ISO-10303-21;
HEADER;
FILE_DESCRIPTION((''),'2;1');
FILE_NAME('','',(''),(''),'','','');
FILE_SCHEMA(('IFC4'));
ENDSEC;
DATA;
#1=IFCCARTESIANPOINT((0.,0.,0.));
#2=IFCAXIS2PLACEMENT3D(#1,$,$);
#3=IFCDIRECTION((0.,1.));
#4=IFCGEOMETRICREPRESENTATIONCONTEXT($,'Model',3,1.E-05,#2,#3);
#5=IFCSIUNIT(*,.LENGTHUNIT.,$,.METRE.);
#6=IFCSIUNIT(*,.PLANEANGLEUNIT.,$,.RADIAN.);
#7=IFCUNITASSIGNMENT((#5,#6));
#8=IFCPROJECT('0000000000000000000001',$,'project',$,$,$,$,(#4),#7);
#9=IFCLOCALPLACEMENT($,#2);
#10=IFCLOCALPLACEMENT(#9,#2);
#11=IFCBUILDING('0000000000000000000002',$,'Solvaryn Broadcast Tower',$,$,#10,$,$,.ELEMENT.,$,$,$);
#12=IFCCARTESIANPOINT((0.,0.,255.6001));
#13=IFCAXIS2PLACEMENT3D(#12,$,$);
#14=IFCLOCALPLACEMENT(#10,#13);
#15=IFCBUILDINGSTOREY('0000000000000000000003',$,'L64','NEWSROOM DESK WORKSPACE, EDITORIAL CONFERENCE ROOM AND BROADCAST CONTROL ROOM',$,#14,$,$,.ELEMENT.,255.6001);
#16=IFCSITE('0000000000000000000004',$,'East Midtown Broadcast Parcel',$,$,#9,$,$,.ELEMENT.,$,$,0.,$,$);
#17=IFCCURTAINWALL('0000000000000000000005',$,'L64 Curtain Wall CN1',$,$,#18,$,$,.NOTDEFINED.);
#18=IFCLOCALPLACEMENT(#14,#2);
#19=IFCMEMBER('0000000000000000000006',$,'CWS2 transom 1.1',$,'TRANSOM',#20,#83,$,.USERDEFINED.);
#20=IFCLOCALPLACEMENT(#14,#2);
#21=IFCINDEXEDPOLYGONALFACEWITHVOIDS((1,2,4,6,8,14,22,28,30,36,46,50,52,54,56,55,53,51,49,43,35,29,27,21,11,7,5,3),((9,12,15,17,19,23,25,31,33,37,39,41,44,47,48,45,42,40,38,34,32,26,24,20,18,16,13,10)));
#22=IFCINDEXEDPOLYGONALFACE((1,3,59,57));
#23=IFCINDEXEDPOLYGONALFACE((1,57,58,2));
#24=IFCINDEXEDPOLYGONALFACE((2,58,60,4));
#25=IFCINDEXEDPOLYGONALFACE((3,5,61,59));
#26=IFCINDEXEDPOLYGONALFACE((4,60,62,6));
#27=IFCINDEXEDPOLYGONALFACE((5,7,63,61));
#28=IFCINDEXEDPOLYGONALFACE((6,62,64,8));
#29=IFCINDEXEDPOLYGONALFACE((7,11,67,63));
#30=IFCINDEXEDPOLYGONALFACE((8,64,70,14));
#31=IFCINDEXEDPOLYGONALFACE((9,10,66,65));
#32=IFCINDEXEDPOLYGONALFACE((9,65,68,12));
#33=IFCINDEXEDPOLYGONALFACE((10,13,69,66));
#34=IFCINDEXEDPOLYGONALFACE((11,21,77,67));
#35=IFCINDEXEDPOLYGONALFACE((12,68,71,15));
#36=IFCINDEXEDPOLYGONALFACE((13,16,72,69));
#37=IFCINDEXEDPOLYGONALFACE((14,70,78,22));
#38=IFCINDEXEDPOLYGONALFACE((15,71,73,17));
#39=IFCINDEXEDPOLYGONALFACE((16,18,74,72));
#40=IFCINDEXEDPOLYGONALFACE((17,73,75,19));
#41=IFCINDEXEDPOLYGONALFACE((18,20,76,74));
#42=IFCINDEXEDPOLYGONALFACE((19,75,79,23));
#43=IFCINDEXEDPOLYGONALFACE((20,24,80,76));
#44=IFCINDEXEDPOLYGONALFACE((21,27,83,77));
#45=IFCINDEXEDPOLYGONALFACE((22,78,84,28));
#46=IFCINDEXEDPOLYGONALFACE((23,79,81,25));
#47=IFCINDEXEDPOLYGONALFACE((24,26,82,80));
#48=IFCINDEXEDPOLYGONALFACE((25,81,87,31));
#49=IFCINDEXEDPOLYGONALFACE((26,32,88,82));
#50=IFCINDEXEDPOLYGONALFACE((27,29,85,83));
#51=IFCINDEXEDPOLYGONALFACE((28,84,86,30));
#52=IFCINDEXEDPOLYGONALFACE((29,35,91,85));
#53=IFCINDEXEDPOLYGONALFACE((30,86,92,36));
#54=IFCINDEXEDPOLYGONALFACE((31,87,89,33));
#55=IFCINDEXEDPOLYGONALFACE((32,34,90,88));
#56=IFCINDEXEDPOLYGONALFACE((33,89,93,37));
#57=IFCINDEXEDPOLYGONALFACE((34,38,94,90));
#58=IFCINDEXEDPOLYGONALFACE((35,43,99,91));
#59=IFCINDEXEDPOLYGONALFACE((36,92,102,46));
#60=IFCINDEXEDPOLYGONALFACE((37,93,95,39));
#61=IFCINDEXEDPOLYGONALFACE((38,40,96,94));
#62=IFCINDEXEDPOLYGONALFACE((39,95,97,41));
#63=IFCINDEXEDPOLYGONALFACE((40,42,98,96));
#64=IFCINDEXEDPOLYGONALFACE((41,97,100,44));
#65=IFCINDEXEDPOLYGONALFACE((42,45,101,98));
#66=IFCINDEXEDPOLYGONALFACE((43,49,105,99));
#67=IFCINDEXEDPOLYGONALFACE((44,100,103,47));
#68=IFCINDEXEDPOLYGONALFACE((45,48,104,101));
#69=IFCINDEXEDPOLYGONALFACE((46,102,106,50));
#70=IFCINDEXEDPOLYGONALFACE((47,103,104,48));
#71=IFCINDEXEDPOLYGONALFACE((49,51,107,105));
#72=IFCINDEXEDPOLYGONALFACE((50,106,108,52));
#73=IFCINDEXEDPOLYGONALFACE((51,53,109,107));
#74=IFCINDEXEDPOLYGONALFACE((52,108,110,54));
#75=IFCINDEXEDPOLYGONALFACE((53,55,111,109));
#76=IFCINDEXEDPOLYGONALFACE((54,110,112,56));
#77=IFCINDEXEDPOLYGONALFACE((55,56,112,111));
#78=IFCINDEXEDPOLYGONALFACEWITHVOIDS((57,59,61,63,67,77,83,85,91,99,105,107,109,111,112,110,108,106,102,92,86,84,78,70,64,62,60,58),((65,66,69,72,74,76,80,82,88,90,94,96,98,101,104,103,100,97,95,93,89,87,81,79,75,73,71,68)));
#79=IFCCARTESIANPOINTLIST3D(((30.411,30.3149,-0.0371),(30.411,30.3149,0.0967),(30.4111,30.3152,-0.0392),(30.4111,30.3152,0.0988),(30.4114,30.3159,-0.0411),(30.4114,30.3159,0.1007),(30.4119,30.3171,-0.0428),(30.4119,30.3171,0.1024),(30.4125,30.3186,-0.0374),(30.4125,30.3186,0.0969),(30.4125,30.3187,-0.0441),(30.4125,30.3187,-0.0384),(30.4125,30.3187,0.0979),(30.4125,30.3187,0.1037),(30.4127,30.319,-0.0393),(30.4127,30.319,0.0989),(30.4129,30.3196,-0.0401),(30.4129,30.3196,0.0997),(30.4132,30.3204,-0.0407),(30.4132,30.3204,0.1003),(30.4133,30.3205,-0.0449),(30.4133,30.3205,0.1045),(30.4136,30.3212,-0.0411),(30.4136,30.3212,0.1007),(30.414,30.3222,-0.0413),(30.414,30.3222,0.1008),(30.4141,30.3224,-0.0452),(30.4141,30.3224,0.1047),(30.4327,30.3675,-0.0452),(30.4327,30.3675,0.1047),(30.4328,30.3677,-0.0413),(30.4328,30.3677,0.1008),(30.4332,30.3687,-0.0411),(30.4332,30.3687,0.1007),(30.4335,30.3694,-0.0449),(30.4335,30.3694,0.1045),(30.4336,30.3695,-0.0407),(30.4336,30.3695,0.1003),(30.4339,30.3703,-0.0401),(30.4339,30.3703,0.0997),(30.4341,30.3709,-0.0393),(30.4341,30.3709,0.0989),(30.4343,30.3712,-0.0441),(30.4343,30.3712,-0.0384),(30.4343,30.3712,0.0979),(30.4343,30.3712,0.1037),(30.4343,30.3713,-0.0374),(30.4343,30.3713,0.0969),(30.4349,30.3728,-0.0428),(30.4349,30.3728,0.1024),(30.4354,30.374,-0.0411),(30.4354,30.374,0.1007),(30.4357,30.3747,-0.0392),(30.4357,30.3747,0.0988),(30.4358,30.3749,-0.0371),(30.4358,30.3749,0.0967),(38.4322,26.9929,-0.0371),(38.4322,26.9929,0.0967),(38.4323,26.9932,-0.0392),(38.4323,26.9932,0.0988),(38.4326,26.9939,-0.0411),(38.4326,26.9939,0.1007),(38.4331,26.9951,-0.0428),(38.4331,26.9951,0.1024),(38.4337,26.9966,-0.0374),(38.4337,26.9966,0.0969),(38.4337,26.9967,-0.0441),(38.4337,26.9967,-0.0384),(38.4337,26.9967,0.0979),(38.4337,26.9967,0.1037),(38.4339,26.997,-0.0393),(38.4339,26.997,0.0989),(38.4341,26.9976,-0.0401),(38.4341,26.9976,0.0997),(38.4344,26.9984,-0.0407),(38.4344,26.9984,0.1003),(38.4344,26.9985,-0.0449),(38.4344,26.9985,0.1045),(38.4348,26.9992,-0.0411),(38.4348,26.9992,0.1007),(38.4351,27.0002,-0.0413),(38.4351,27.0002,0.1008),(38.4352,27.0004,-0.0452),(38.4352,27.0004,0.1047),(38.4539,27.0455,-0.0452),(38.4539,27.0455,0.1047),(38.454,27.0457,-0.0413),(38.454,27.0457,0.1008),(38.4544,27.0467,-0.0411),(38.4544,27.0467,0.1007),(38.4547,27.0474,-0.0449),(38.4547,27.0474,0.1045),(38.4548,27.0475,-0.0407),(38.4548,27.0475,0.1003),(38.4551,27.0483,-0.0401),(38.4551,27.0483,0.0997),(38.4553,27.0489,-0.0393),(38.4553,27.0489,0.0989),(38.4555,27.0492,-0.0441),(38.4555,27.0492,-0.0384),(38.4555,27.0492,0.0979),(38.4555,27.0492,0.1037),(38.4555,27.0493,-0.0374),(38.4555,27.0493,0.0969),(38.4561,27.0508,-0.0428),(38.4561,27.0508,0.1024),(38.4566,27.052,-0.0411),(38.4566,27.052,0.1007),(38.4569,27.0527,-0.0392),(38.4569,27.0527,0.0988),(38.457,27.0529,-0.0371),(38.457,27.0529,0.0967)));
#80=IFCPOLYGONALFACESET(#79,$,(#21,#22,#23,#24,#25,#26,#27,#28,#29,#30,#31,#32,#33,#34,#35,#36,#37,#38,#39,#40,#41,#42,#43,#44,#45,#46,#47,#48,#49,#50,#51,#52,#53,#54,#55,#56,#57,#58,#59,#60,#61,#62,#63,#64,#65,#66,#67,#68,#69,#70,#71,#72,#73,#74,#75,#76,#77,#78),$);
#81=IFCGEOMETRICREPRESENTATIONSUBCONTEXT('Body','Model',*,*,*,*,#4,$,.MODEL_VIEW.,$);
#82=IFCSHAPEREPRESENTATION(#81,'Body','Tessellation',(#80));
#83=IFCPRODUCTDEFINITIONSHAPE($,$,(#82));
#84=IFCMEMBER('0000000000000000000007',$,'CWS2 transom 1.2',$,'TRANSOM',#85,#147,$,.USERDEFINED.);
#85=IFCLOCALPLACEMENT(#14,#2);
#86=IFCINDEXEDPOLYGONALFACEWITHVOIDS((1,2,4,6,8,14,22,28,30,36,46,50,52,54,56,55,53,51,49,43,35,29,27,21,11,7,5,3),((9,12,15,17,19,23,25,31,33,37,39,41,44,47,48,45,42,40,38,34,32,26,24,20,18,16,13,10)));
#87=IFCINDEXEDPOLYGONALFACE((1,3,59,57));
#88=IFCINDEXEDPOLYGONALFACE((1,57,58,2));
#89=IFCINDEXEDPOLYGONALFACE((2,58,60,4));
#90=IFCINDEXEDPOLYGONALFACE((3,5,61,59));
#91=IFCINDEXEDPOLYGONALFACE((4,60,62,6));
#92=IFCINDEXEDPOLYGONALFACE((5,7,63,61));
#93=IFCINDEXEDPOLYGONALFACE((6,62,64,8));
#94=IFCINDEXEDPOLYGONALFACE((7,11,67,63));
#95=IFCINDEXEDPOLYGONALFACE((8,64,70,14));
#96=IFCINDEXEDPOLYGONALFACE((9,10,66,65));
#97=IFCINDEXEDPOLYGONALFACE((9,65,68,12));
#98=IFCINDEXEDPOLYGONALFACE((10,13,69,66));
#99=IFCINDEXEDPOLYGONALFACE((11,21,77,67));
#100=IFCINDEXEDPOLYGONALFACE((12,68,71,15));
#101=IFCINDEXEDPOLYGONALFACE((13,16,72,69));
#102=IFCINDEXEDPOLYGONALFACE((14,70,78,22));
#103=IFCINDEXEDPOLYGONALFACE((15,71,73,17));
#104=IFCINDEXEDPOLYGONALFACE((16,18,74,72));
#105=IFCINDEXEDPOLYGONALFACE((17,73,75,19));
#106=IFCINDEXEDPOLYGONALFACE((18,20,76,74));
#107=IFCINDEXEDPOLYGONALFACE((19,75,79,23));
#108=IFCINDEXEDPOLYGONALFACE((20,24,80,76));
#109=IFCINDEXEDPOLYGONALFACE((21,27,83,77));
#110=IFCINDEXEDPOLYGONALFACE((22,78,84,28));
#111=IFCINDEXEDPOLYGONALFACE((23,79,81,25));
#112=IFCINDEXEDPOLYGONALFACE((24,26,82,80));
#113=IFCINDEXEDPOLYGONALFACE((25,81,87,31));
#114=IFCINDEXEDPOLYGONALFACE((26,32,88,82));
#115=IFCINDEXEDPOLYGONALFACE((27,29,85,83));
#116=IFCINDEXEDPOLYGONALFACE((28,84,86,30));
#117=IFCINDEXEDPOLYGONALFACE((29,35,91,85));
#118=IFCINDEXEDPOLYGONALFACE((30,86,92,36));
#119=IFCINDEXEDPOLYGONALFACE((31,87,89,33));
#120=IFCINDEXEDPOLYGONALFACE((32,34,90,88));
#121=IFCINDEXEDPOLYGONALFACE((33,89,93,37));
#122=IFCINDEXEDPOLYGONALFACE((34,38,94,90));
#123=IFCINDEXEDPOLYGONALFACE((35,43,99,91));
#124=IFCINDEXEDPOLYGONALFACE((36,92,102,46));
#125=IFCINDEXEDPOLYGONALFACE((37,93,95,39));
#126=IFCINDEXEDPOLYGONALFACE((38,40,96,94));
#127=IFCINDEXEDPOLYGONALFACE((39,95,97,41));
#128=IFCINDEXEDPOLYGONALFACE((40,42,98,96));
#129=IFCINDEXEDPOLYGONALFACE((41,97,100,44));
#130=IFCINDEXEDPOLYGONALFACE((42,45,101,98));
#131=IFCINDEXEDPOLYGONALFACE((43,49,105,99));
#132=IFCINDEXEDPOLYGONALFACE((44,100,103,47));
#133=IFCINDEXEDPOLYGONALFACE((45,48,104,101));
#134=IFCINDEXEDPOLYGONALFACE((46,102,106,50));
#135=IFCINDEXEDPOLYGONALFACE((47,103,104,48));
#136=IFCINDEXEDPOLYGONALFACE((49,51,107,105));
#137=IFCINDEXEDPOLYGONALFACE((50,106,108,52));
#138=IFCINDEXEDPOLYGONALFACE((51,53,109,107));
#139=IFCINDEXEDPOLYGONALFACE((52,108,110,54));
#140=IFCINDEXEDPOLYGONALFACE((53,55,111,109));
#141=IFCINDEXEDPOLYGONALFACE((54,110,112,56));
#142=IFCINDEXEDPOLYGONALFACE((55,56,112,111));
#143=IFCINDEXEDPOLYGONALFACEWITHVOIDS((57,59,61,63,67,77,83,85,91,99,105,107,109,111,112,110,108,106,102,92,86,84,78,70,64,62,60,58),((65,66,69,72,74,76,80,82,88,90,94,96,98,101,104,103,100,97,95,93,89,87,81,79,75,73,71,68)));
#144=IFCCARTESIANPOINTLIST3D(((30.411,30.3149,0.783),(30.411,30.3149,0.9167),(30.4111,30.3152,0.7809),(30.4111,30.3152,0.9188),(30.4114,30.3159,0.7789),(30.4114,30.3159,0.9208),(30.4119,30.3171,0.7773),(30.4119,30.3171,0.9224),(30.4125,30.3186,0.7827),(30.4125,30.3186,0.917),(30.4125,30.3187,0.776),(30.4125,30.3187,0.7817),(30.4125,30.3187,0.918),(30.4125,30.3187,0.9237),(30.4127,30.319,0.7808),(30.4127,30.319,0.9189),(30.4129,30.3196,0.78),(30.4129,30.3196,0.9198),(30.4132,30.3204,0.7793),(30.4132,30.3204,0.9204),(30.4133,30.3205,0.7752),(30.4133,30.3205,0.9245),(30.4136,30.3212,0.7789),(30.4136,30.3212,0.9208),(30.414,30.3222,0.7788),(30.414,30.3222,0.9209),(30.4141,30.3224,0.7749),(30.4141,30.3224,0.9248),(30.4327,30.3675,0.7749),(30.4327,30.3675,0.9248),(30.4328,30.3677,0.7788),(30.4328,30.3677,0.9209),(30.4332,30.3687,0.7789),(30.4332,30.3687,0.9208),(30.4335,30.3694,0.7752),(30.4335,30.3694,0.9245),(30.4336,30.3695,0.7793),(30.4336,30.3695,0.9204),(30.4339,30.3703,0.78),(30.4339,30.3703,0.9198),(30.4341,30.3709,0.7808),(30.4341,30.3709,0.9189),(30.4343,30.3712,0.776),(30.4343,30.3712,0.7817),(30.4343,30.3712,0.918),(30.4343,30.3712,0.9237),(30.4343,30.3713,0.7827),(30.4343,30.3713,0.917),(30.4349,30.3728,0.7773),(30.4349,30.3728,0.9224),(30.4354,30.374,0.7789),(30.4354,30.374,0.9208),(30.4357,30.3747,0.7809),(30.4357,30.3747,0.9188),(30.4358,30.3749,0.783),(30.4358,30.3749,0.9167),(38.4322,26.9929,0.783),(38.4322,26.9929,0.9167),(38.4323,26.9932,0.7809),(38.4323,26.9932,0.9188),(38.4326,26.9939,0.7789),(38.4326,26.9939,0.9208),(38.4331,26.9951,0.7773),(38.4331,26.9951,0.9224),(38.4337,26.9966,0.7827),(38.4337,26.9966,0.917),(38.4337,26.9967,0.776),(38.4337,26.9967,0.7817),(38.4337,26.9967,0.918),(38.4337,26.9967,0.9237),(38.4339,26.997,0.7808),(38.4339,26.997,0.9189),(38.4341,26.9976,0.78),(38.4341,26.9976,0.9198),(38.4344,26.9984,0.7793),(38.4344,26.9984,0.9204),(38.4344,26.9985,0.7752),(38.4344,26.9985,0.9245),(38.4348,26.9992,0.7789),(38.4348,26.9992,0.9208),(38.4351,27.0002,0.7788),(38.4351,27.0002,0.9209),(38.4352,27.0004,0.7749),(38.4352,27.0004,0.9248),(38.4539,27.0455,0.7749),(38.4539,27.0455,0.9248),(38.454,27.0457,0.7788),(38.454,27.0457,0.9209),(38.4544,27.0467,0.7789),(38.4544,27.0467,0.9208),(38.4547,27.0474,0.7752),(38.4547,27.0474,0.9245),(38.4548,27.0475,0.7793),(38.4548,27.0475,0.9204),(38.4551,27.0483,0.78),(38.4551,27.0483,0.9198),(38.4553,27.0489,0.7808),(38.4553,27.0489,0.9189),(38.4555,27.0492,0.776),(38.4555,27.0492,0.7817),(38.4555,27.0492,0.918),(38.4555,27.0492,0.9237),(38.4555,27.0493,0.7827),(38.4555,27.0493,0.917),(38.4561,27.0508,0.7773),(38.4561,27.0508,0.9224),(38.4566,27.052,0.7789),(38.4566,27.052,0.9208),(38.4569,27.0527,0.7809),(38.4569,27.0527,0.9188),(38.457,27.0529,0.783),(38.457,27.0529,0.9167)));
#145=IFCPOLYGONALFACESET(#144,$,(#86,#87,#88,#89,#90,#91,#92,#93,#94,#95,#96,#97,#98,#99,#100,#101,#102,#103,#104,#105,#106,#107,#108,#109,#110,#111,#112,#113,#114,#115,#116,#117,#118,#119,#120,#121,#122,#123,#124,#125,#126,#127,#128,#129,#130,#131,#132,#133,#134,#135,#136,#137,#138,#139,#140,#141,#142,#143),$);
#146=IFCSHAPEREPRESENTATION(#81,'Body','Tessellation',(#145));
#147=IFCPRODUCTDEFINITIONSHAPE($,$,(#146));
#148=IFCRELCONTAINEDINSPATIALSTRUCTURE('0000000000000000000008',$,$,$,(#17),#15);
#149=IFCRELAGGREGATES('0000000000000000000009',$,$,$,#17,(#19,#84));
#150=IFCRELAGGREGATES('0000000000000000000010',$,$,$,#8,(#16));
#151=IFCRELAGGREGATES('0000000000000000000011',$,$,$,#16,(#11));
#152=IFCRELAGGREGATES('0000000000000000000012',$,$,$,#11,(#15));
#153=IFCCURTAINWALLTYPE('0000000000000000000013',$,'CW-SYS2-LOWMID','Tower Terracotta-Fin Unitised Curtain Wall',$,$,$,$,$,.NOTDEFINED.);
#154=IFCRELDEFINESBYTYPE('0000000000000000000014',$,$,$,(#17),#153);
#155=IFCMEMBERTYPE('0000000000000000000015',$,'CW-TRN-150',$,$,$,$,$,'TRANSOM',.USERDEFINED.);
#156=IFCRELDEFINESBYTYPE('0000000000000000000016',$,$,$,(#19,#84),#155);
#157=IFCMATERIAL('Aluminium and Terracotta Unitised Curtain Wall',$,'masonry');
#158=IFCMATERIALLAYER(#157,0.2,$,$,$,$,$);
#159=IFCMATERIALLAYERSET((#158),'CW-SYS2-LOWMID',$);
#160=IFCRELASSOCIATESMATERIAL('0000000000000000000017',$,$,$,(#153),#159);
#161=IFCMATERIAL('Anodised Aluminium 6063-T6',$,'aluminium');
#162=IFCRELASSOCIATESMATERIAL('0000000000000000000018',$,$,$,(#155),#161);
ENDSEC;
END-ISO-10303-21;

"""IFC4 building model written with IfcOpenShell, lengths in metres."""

from ifc_helpers import new_model, si_unit, direction, frame, origin, origin_2d, place, context, subcontext, project, spatial, hollow_rectangle, extrude, material, layer, layer_set, material_profile, profile_set, type_object, element, aggregate, save


model = new_model("IFC4")

# Units and contexts
model_context = context("Model", 3, precision=1e-05, world=origin(), true_north=direction((0.0, 1.0)))
body_context = subcontext(model_context, "Body", "Model", "MODEL_VIEW")
ifc_project = project(units=[si_unit("LENGTHUNIT", "METRE"), si_unit("PLANEANGLEUNIT", "RADIAN")], contexts=[model_context])

# Site, building, storey
site_placement = place(None, origin())
site = spatial("IfcSite", under=ifc_project, at=site_placement, Name="East Midtown Broadcast Parcel", CompositionType="ELEMENT", RefElevation=0.0)
building_placement = place(site_placement, origin())
building = spatial("IfcBuilding", under=site, at=building_placement, Name="Solvaryn Broadcast Tower", CompositionType="ELEMENT")
storey_placement = place(building_placement, frame((0.0, 0.0, 255.6001)))
storey = spatial("IfcBuildingStorey", under=building, at=storey_placement, Name="L64", Description="NEWSROOM DESK WORKSPACE, EDITORIAL CONFERENCE ROOM AND BROADCAST CONTROL ROOM", CompositionType="ELEMENT", Elevation=255.6001)

# Curtain wall
ifc_material_1 = material(Name="Aluminium and Terracotta Unitised Curtain Wall", Category="masonry")
ifc_layer_1 = layer(ifc_material_1, 0.2)
ifc_layer_set_1 = layer_set([ifc_layer_1], Name="CW-SYS2-LOWMID")
curtain_wall_type = type_object("IfcCurtainWallType", Name="CW-SYS2-LOWMID", Description="Tower Terracotta-Fin Unitised Curtain Wall", PredefinedType="NOTDEFINED", material=ifc_layer_set_1)
curtain_wall_1_placement = place(storey_placement, origin())
curtain_wall_1 = element("IfcCurtainWall", 1, at=curtain_wall_1_placement, inside=storey, type_object=curtain_wall_type, Name="L64 Curtain Wall CN1", PredefinedType="NOTDEFINED")

# Members
ifc_material_2 = material(Name="Anodised Aluminium 6063-T6", Category="aluminium")
ifc_material_profile_1 = material_profile(ifc_material_2, hollow_rectangle(XDim=0.0649, YDim=0.1499, WallThickness=0.0039, InnerFilletRadius=0.0039, OuterFilletRadius=0.0081, at=origin_2d()))
ifc_profile_set_1 = profile_set([ifc_material_profile_1], Name="Anodised Aluminium 6063-T6")
member_type_1 = type_object("IfcMemberType", Name="CW-TRN-150", ElementType="TRANSOM", PredefinedType="USERDEFINED", material=ifc_profile_set_1)
member_1_placement = place(storey_placement, frame((38.4446, 27.0229, 0.0298), z_axis=(-0.923899, 0.382636, 0.0), x_axis=(-0.382636, -0.923899, 0.0)))
member_1 = element("IfcMember", 2, at=member_1_placement, type_object=member_type_1, Name="CWS2 transom 1.1", ObjectType="TRANSOM", PredefinedType="USERDEFINED", context=body_context, shape_type="SweptSolid", body=[
    extrude(hollow_rectangle(XDim=0.0649, YDim=0.1499, WallThickness=0.0039, InnerFilletRadius=0.0039, OuterFilletRadius=0.0081, at=origin_2d()), origin(), (0.0, 0.0, 1.0), 8.6819),
])
member_2_placement = place(storey_placement, frame((38.4446, 27.0229, 0.8499), z_axis=(-0.923899, 0.382636, 0.0), x_axis=(-0.382636, -0.923899, 0.0)))
member_2 = element("IfcMember", 3, at=member_2_placement, type_object=member_type_1, Name="CWS2 transom 1.2", ObjectType="TRANSOM", PredefinedType="USERDEFINED", context=body_context, shape_type="SweptSolid", body=[
    extrude(hollow_rectangle(XDim=0.0649, YDim=0.1499, WallThickness=0.0039, InnerFilletRadius=0.0039, OuterFilletRadius=0.0081, at=origin_2d()), origin(), (0.0, 0.0, 1.0), 8.6819),
])

aggregate(curtain_wall_1, [member_1, member_2])

save(model, "model.ifc")
